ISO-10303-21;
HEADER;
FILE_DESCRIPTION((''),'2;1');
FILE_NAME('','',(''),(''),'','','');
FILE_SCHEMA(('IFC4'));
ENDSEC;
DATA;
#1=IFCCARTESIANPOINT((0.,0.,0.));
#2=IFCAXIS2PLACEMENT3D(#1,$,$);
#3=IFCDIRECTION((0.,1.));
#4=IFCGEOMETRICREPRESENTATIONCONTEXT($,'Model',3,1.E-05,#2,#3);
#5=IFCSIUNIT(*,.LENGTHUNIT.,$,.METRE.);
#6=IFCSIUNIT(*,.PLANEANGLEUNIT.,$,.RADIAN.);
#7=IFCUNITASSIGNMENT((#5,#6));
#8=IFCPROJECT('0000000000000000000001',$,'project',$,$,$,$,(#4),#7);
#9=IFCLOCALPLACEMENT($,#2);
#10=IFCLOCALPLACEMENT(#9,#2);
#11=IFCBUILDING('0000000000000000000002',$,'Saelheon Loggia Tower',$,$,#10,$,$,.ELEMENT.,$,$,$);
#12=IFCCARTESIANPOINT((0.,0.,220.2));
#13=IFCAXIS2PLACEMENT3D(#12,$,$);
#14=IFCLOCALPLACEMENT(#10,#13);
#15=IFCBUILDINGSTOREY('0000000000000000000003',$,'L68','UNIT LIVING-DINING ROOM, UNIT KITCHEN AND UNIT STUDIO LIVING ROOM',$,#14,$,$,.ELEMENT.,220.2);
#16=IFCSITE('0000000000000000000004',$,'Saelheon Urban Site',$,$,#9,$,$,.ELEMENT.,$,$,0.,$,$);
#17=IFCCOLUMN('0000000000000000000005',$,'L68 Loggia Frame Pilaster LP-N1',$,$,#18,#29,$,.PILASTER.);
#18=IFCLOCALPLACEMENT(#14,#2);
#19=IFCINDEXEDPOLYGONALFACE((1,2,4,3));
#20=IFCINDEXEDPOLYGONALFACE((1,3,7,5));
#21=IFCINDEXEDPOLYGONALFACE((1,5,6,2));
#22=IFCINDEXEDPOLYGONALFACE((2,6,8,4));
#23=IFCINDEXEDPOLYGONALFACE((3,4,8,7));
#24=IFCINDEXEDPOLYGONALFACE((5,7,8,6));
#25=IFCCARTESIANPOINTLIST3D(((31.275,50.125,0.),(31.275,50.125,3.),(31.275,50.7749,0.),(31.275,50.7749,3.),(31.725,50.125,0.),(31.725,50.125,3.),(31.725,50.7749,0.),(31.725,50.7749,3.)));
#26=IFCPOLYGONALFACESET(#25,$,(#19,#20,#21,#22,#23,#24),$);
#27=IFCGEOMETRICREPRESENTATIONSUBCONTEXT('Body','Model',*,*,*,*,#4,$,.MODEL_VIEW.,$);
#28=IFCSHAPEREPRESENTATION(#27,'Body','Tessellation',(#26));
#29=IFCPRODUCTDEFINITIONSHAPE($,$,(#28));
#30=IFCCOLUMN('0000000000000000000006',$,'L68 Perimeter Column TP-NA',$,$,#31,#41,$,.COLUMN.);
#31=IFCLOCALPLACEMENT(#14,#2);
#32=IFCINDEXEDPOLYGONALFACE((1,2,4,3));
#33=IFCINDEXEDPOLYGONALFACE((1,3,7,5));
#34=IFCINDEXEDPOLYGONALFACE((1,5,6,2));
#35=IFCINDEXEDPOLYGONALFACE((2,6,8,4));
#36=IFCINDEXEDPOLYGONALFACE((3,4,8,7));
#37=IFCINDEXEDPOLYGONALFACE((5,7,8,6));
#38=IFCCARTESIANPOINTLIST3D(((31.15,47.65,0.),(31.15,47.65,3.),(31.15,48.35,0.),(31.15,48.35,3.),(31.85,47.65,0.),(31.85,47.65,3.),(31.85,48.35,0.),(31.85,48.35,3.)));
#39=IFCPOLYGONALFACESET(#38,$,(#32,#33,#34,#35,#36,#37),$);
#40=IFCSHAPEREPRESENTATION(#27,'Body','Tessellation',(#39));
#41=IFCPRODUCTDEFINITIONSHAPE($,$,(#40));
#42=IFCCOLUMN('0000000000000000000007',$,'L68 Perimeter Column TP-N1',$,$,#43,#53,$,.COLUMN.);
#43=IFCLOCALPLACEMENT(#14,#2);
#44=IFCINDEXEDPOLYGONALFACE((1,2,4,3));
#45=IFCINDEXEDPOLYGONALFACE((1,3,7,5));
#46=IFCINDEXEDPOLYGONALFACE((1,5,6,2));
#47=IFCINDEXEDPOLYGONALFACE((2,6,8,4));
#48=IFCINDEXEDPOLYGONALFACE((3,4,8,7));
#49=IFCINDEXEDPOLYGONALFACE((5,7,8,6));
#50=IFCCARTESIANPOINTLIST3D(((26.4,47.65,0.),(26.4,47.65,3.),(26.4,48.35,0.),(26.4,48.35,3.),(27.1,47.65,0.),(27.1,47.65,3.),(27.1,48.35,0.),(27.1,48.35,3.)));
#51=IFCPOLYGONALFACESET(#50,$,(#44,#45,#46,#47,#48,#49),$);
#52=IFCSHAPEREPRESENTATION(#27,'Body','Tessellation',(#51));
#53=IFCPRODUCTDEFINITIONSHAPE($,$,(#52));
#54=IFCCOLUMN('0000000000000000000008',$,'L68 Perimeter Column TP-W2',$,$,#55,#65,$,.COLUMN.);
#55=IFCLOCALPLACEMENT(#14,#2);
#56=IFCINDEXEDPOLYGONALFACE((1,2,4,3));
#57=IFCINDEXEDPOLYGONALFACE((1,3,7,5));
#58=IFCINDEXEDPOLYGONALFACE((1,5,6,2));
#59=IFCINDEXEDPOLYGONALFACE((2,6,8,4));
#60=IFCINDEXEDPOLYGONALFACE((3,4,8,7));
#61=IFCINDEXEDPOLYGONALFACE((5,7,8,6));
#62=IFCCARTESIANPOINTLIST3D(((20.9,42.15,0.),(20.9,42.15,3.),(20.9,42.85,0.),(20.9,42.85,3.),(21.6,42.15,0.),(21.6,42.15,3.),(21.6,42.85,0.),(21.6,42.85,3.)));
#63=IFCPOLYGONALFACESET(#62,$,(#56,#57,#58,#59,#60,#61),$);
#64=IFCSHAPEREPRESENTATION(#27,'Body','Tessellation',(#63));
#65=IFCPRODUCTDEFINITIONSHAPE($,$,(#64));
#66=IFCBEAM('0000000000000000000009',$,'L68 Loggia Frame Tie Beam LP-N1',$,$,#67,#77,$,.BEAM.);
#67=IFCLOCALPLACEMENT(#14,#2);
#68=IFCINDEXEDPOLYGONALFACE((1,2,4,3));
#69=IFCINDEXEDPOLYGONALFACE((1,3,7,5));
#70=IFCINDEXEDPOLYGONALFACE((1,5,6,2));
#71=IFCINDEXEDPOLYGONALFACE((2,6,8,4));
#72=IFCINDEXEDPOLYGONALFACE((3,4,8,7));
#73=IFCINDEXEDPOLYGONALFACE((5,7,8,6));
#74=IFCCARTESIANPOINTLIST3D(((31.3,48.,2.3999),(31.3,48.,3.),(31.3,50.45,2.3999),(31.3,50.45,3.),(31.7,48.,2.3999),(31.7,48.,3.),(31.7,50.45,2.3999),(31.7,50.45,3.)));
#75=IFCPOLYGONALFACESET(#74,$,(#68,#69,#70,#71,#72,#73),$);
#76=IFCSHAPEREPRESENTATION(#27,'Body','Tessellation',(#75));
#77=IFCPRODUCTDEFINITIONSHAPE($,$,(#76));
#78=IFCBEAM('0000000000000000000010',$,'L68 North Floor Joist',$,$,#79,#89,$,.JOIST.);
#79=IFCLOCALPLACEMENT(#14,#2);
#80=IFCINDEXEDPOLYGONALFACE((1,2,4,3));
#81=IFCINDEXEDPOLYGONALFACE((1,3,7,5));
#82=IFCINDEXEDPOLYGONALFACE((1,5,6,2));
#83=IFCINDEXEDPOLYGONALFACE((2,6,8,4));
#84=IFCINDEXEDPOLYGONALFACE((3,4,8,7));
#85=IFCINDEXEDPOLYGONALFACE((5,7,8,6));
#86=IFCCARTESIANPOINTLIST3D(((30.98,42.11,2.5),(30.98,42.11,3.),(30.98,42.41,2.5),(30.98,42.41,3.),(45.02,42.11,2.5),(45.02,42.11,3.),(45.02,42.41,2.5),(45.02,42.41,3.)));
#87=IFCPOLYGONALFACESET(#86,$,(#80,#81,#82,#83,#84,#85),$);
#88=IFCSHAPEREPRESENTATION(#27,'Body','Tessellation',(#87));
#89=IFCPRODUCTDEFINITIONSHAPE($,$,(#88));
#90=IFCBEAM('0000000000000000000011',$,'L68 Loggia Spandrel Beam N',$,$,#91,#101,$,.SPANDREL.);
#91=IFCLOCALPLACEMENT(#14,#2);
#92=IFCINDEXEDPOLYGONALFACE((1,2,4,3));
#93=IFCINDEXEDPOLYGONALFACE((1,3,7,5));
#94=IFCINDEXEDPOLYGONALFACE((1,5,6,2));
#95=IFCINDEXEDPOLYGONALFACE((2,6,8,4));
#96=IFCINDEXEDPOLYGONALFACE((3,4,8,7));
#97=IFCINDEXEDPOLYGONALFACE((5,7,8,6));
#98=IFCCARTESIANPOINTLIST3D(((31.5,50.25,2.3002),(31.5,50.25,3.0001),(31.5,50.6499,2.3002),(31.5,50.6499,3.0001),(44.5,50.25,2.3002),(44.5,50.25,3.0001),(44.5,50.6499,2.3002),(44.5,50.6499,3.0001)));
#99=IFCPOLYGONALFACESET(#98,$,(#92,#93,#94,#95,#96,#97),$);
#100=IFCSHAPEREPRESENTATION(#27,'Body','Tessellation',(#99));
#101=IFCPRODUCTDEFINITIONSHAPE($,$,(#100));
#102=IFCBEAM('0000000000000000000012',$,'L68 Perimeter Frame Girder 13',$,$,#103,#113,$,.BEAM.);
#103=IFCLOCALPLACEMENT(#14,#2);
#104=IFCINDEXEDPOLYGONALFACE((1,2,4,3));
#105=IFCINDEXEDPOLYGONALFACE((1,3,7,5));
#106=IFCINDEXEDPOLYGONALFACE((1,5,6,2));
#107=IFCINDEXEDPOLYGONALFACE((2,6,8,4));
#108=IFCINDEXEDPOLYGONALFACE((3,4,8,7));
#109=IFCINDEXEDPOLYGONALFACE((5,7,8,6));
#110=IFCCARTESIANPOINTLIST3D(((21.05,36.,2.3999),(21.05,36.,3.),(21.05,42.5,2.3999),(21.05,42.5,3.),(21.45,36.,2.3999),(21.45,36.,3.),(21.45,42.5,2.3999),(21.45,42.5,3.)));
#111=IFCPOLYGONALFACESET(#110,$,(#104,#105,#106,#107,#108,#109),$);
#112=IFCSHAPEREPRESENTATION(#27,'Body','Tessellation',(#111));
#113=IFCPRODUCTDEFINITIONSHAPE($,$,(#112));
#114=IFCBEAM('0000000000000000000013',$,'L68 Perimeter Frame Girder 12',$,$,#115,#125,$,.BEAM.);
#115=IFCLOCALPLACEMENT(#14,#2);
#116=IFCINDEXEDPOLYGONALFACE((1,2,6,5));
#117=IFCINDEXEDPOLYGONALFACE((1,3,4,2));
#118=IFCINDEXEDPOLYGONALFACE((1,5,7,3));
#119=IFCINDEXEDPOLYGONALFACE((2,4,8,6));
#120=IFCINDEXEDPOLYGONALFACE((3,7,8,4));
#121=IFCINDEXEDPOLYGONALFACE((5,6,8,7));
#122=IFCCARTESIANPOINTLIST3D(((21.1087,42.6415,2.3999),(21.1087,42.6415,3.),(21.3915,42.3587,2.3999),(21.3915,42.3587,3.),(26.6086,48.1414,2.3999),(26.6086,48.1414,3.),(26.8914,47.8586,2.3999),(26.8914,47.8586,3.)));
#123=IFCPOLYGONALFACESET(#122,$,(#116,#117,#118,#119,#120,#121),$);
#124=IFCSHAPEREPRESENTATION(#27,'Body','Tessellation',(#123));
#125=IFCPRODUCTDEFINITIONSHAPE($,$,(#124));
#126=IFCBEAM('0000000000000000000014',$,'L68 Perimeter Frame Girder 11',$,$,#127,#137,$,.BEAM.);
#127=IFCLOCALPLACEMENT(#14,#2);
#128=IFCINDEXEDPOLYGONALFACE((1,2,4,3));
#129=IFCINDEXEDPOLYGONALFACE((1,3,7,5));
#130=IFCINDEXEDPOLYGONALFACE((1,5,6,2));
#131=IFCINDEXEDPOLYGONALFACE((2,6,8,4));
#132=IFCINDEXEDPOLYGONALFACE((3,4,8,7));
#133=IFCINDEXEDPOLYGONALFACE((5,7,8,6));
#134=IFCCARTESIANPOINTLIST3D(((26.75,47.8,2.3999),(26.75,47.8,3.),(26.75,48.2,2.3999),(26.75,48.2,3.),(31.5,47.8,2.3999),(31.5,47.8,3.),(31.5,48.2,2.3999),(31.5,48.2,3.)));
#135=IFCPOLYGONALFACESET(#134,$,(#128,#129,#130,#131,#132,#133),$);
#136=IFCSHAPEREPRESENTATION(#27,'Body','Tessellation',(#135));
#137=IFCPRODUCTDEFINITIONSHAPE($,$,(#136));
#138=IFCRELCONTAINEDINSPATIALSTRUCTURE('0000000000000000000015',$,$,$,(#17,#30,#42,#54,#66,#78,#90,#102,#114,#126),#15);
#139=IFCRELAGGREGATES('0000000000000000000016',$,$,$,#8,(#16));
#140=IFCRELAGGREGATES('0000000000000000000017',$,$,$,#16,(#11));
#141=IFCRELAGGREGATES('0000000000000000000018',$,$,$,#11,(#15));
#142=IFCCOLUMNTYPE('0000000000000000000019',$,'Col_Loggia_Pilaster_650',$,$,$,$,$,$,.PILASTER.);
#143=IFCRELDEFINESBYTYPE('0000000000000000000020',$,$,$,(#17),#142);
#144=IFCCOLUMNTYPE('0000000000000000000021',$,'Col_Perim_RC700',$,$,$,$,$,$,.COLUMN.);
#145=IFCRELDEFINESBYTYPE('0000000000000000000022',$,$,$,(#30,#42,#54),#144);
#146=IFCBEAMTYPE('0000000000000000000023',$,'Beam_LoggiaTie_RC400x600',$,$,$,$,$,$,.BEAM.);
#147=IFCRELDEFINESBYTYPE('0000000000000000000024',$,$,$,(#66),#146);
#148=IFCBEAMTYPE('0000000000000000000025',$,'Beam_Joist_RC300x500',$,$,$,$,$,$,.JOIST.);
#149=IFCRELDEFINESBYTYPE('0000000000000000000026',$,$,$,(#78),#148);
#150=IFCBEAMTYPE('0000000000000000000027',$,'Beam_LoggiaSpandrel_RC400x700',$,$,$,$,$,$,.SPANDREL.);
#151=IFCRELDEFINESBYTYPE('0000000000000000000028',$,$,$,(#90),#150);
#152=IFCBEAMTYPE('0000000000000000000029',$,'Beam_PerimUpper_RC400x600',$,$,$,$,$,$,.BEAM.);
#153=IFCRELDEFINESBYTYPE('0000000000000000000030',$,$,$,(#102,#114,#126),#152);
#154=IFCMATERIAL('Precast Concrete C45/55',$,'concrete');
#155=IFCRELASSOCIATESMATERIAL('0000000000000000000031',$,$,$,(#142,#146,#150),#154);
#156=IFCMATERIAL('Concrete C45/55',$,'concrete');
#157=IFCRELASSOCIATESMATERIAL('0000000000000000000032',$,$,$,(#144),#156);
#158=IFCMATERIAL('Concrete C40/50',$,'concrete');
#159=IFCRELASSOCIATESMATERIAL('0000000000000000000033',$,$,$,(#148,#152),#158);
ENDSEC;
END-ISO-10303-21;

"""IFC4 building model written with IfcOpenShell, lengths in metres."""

from ifc_helpers import new_model, si_unit, direction, frame, origin, origin_2d, place, context, subcontext, project, spatial, rectangle, extrude, source, transform, mapped, material, material_profile, profile_set, type_object, element, save


model = new_model("IFC4")

# Units and contexts
model_context = context("Model", 3, precision=1e-05, world=origin(), true_north=direction((0.0, 1.0)))
body_context = subcontext(model_context, "Body", "Model", "MODEL_VIEW")
ifc_project = project(units=[si_unit("LENGTHUNIT", "METRE"), si_unit("PLANEANGLEUNIT", "RADIAN")], contexts=[model_context])

# Site, building, storey
site_placement = place(None, origin())
site = spatial("IfcSite", under=ifc_project, at=site_placement, Name="Saelheon Urban Site", CompositionType="ELEMENT", RefElevation=0.0)
building_placement = place(site_placement, origin())
building = spatial("IfcBuilding", under=site, at=building_placement, Name="Saelheon Loggia Tower", CompositionType="ELEMENT")
storey_placement = place(building_placement, frame((0.0, 0.0, 220.2)))
storey = spatial("IfcBuildingStorey", under=building, at=storey_placement, Name="L68", Description="UNIT LIVING-DINING ROOM, UNIT KITCHEN AND UNIT STUDIO LIVING ROOM", CompositionType="ELEMENT", Elevation=220.2)

# Columns
ifc_material_1 = material(Name="Precast Concrete C45/55", Category="concrete")
ifc_material_profile_1 = material_profile(ifc_material_1, rectangle(XDim=0.45, YDim=0.6499, at=origin_2d()), Name="RC-450x650")
ifc_profile_set_1 = profile_set([ifc_material_profile_1], Name="Precast Concrete C45/55")
column_type_1 = type_object("IfcColumnType", Name="Col_Loggia_Pilaster_650", PredefinedType="PILASTER", material=ifc_profile_set_1)
shared_shape_1 = source(origin(), body_context, "Body", "SweptSolid", [
    extrude(rectangle(XDim=0.45, YDim=0.6499, at=origin_2d()), origin(), (0.0, 0.0, 1.0), 3.0),
])
column_placement = place(storey_placement, frame((31.5, 50.45, 0.0), z_axis=(0.0, 0.0, 1.0), x_axis=(1.0, 0.0, 0.0)))
element("IfcColumn", 1, at=column_placement, inside=storey, type_object=column_type_1, Name="L68 Loggia Frame Pilaster LP-N1", PredefinedType="PILASTER", context=body_context, shape_type="MappedRepresentation", body=[
    mapped(shared_shape_1, transform((0.0, 0.0, 0.0), scale=1.0)),
])
ifc_material_2 = material(Name="Concrete C45/55", Category="concrete")
ifc_material_profile_2 = material_profile(ifc_material_2, rectangle(XDim=0.7, YDim=0.7, at=origin_2d()), Name="RC-700x700")
ifc_profile_set_2 = profile_set([ifc_material_profile_2], Name="Concrete C45/55")
column_type_2 = type_object("IfcColumnType", Name="Col_Perim_RC700", PredefinedType="COLUMN", material=ifc_profile_set_2)
shared_shape_2 = source(origin(), body_context, "Body", "SweptSolid", [
    extrude(rectangle(XDim=0.7, YDim=0.7, at=origin_2d()), origin(), (0.0, 0.0, 1.0), 3.0),
])
for number, where, z_axis, x_axis, name in (
    (2, (31.5, 48.0, 0.0), (0.0, 0.0, 1.0), (1.0, 0.0, 0.0), "L68 Perimeter Column TP-NA"),
    (3, (26.75, 48.0, 0.0), (0.0, 0.0, 1.0), (1.0, 0.0, 0.0), "L68 Perimeter Column TP-N1"),
    (4, (21.25, 42.5, 0.0), (0.0, 0.0, 1.0), (1.0, 0.0, 0.0), "L68 Perimeter Column TP-W2"),
):
    element("IfcColumn", number, at=place(storey_placement, frame(where, z_axis=z_axis, x_axis=x_axis)), inside=storey, type_object=column_type_2, Name=name, PredefinedType="COLUMN", context=body_context, shape_type="MappedRepresentation", body=[
        mapped(shared_shape_2, transform((0.0, 0.0, 0.0), scale=1.0)),
    ])

# Beams
ifc_material_profile_3 = material_profile(ifc_material_1, rectangle(XDim=0.3999, YDim=0.6001, at=origin_2d()), Name="RC-400x600")
ifc_profile_set_3 = profile_set([ifc_material_profile_3], Name="Precast Concrete C45/55")
beam_type_1 = type_object("IfcBeamType", Name="Beam_LoggiaTie_RC400x600", PredefinedType="BEAM", material=ifc_profile_set_3)
shared_shape_3 = source(origin(), body_context, "Body", "SweptSolid", [
    extrude(rectangle(XDim=0.3999, YDim=0.6001, at=origin_2d()), origin(), (0.0, 0.0, 1.0), 2.45),
])
beam_1_placement = place(storey_placement, frame((31.5, 48.0, 2.7), z_axis=(0.0, 1.0, 0.0), x_axis=(-1.0, 0.0, 0.0)))
element("IfcBeam", 5, at=beam_1_placement, inside=storey, type_object=beam_type_1, Name="L68 Loggia Frame Tie Beam LP-N1", PredefinedType="BEAM", context=body_context, shape_type="MappedRepresentation", body=[
    mapped(shared_shape_3, transform((0.0, 0.0, 0.0), scale=1.0)),
])
ifc_material_3 = material(Name="Concrete C40/50", Category="concrete")
ifc_material_profile_4 = material_profile(ifc_material_3, rectangle(XDim=0.3, YDim=0.5, at=origin_2d()), Name="RC-300x500")
ifc_profile_set_4 = profile_set([ifc_material_profile_4], Name="Concrete C40/50")
beam_type_2 = type_object("IfcBeamType", Name="Beam_Joist_RC300x500", PredefinedType="JOIST", material=ifc_profile_set_4)
shared_shape_4 = source(origin(), body_context, "Body", "SweptSolid", [
    extrude(rectangle(XDim=0.3, YDim=0.5, at=origin_2d()), origin(), (0.0, 0.0, 1.0), 14.04),
])
beam_2_placement = place(storey_placement, frame((30.98, 42.26, 2.75), z_axis=(1.0, 0.0, 0.0), x_axis=(0.0, 1.0, 0.0)))
element("IfcBeam", 6, at=beam_2_placement, inside=storey, type_object=beam_type_2, Name="L68 North Floor Joist", PredefinedType="JOIST", context=body_context, shape_type="MappedRepresentation", body=[
    mapped(shared_shape_4, transform((0.0, 0.0, 0.0), scale=1.0)),
])
ifc_material_profile_5 = material_profile(ifc_material_1, rectangle(XDim=0.3999, YDim=0.7, at=origin_2d()), Name="RC-400x700")
ifc_profile_set_5 = profile_set([ifc_material_profile_5], Name="Precast Concrete C45/55")
beam_type_3 = type_object("IfcBeamType", Name="Beam_LoggiaSpandrel_RC400x700", PredefinedType="SPANDREL", material=ifc_profile_set_5)
shared_shape_5 = source(origin(), body_context, "Body", "SweptSolid", [
    extrude(rectangle(XDim=0.3999, YDim=0.7, at=origin_2d()), origin(), (0.0, 0.0, 1.0), 13.0),
])
beam_3_placement = place(storey_placement, frame((31.5, 50.45, 2.6501), z_axis=(1.0, 0.0, 0.0), x_axis=(0.0, 1.0, 0.0)))
element("IfcBeam", 7, at=beam_3_placement, inside=storey, type_object=beam_type_3, Name="L68 Loggia Spandrel Beam N", PredefinedType="SPANDREL", context=body_context, shape_type="MappedRepresentation", body=[
    mapped(shared_shape_5, transform((0.0, 0.0, 0.0), scale=1.0)),
])
ifc_material_profile_6 = material_profile(ifc_material_3, rectangle(XDim=0.3999, YDim=0.6001, at=origin_2d()), Name="RC-400x600")
ifc_profile_set_6 = profile_set([ifc_material_profile_6], Name="Concrete C40/50")
beam_type_4 = type_object("IfcBeamType", Name="Beam_PerimUpper_RC400x600", PredefinedType="BEAM", material=ifc_profile_set_6)
shared_shape_6 = source(origin(), body_context, "Body", "SweptSolid", [
    extrude(rectangle(XDim=0.3999, YDim=0.6001, at=origin_2d()), origin(), (0.0, 0.0, 1.0), 6.5),
])
beam_4_placement = place(storey_placement, frame((21.25, 42.5, 2.7), z_axis=(0.0, -1.0, 0.0), x_axis=(1.0, 0.0, 0.0)))
element("IfcBeam", 8, at=beam_4_placement, inside=storey, type_object=beam_type_4, Name="L68 Perimeter Frame Girder 13", PredefinedType="BEAM", context=body_context, shape_type="MappedRepresentation", body=[
    mapped(shared_shape_6, transform((0.0, 0.0, 0.0), scale=1.0)),
])
shared_shape_7 = source(origin(), body_context, "Body", "SweptSolid", [
    extrude(rectangle(XDim=0.3999, YDim=0.6001, at=origin_2d()), origin(), (0.0, 0.0, 1.0), 7.7781),
])
beam_5_placement = place(storey_placement, frame((26.75, 48.0, 2.7), z_axis=(-0.707107, -0.707107, 0.0), x_axis=(0.707107, -0.707107, 0.0)))
element("IfcBeam", 9, at=beam_5_placement, inside=storey, type_object=beam_type_4, Name="L68 Perimeter Frame Girder 12", PredefinedType="BEAM", context=body_context, shape_type="MappedRepresentation", body=[
    mapped(shared_shape_7, transform((0.0, 0.0, 0.0), scale=1.0)),
])
shared_shape_8 = source(origin(), body_context, "Body", "SweptSolid", [
    extrude(rectangle(XDim=0.3999, YDim=0.6001, at=origin_2d()), origin(), (0.0, 0.0, 1.0), 4.75),
])
beam_6_placement = place(storey_placement, frame((31.5, 48.0, 2.7), z_axis=(-1.0, 0.0, 0.0), x_axis=(0.0, -1.0, 0.0)))
element("IfcBeam", 10, at=beam_6_placement, inside=storey, type_object=beam_type_4, Name="L68 Perimeter Frame Girder 11", PredefinedType="BEAM", context=body_context, shape_type="MappedRepresentation", body=[
    mapped(shared_shape_8, transform((0.0, 0.0, 0.0), scale=1.0)),
])

save(model, "model.ifc")
